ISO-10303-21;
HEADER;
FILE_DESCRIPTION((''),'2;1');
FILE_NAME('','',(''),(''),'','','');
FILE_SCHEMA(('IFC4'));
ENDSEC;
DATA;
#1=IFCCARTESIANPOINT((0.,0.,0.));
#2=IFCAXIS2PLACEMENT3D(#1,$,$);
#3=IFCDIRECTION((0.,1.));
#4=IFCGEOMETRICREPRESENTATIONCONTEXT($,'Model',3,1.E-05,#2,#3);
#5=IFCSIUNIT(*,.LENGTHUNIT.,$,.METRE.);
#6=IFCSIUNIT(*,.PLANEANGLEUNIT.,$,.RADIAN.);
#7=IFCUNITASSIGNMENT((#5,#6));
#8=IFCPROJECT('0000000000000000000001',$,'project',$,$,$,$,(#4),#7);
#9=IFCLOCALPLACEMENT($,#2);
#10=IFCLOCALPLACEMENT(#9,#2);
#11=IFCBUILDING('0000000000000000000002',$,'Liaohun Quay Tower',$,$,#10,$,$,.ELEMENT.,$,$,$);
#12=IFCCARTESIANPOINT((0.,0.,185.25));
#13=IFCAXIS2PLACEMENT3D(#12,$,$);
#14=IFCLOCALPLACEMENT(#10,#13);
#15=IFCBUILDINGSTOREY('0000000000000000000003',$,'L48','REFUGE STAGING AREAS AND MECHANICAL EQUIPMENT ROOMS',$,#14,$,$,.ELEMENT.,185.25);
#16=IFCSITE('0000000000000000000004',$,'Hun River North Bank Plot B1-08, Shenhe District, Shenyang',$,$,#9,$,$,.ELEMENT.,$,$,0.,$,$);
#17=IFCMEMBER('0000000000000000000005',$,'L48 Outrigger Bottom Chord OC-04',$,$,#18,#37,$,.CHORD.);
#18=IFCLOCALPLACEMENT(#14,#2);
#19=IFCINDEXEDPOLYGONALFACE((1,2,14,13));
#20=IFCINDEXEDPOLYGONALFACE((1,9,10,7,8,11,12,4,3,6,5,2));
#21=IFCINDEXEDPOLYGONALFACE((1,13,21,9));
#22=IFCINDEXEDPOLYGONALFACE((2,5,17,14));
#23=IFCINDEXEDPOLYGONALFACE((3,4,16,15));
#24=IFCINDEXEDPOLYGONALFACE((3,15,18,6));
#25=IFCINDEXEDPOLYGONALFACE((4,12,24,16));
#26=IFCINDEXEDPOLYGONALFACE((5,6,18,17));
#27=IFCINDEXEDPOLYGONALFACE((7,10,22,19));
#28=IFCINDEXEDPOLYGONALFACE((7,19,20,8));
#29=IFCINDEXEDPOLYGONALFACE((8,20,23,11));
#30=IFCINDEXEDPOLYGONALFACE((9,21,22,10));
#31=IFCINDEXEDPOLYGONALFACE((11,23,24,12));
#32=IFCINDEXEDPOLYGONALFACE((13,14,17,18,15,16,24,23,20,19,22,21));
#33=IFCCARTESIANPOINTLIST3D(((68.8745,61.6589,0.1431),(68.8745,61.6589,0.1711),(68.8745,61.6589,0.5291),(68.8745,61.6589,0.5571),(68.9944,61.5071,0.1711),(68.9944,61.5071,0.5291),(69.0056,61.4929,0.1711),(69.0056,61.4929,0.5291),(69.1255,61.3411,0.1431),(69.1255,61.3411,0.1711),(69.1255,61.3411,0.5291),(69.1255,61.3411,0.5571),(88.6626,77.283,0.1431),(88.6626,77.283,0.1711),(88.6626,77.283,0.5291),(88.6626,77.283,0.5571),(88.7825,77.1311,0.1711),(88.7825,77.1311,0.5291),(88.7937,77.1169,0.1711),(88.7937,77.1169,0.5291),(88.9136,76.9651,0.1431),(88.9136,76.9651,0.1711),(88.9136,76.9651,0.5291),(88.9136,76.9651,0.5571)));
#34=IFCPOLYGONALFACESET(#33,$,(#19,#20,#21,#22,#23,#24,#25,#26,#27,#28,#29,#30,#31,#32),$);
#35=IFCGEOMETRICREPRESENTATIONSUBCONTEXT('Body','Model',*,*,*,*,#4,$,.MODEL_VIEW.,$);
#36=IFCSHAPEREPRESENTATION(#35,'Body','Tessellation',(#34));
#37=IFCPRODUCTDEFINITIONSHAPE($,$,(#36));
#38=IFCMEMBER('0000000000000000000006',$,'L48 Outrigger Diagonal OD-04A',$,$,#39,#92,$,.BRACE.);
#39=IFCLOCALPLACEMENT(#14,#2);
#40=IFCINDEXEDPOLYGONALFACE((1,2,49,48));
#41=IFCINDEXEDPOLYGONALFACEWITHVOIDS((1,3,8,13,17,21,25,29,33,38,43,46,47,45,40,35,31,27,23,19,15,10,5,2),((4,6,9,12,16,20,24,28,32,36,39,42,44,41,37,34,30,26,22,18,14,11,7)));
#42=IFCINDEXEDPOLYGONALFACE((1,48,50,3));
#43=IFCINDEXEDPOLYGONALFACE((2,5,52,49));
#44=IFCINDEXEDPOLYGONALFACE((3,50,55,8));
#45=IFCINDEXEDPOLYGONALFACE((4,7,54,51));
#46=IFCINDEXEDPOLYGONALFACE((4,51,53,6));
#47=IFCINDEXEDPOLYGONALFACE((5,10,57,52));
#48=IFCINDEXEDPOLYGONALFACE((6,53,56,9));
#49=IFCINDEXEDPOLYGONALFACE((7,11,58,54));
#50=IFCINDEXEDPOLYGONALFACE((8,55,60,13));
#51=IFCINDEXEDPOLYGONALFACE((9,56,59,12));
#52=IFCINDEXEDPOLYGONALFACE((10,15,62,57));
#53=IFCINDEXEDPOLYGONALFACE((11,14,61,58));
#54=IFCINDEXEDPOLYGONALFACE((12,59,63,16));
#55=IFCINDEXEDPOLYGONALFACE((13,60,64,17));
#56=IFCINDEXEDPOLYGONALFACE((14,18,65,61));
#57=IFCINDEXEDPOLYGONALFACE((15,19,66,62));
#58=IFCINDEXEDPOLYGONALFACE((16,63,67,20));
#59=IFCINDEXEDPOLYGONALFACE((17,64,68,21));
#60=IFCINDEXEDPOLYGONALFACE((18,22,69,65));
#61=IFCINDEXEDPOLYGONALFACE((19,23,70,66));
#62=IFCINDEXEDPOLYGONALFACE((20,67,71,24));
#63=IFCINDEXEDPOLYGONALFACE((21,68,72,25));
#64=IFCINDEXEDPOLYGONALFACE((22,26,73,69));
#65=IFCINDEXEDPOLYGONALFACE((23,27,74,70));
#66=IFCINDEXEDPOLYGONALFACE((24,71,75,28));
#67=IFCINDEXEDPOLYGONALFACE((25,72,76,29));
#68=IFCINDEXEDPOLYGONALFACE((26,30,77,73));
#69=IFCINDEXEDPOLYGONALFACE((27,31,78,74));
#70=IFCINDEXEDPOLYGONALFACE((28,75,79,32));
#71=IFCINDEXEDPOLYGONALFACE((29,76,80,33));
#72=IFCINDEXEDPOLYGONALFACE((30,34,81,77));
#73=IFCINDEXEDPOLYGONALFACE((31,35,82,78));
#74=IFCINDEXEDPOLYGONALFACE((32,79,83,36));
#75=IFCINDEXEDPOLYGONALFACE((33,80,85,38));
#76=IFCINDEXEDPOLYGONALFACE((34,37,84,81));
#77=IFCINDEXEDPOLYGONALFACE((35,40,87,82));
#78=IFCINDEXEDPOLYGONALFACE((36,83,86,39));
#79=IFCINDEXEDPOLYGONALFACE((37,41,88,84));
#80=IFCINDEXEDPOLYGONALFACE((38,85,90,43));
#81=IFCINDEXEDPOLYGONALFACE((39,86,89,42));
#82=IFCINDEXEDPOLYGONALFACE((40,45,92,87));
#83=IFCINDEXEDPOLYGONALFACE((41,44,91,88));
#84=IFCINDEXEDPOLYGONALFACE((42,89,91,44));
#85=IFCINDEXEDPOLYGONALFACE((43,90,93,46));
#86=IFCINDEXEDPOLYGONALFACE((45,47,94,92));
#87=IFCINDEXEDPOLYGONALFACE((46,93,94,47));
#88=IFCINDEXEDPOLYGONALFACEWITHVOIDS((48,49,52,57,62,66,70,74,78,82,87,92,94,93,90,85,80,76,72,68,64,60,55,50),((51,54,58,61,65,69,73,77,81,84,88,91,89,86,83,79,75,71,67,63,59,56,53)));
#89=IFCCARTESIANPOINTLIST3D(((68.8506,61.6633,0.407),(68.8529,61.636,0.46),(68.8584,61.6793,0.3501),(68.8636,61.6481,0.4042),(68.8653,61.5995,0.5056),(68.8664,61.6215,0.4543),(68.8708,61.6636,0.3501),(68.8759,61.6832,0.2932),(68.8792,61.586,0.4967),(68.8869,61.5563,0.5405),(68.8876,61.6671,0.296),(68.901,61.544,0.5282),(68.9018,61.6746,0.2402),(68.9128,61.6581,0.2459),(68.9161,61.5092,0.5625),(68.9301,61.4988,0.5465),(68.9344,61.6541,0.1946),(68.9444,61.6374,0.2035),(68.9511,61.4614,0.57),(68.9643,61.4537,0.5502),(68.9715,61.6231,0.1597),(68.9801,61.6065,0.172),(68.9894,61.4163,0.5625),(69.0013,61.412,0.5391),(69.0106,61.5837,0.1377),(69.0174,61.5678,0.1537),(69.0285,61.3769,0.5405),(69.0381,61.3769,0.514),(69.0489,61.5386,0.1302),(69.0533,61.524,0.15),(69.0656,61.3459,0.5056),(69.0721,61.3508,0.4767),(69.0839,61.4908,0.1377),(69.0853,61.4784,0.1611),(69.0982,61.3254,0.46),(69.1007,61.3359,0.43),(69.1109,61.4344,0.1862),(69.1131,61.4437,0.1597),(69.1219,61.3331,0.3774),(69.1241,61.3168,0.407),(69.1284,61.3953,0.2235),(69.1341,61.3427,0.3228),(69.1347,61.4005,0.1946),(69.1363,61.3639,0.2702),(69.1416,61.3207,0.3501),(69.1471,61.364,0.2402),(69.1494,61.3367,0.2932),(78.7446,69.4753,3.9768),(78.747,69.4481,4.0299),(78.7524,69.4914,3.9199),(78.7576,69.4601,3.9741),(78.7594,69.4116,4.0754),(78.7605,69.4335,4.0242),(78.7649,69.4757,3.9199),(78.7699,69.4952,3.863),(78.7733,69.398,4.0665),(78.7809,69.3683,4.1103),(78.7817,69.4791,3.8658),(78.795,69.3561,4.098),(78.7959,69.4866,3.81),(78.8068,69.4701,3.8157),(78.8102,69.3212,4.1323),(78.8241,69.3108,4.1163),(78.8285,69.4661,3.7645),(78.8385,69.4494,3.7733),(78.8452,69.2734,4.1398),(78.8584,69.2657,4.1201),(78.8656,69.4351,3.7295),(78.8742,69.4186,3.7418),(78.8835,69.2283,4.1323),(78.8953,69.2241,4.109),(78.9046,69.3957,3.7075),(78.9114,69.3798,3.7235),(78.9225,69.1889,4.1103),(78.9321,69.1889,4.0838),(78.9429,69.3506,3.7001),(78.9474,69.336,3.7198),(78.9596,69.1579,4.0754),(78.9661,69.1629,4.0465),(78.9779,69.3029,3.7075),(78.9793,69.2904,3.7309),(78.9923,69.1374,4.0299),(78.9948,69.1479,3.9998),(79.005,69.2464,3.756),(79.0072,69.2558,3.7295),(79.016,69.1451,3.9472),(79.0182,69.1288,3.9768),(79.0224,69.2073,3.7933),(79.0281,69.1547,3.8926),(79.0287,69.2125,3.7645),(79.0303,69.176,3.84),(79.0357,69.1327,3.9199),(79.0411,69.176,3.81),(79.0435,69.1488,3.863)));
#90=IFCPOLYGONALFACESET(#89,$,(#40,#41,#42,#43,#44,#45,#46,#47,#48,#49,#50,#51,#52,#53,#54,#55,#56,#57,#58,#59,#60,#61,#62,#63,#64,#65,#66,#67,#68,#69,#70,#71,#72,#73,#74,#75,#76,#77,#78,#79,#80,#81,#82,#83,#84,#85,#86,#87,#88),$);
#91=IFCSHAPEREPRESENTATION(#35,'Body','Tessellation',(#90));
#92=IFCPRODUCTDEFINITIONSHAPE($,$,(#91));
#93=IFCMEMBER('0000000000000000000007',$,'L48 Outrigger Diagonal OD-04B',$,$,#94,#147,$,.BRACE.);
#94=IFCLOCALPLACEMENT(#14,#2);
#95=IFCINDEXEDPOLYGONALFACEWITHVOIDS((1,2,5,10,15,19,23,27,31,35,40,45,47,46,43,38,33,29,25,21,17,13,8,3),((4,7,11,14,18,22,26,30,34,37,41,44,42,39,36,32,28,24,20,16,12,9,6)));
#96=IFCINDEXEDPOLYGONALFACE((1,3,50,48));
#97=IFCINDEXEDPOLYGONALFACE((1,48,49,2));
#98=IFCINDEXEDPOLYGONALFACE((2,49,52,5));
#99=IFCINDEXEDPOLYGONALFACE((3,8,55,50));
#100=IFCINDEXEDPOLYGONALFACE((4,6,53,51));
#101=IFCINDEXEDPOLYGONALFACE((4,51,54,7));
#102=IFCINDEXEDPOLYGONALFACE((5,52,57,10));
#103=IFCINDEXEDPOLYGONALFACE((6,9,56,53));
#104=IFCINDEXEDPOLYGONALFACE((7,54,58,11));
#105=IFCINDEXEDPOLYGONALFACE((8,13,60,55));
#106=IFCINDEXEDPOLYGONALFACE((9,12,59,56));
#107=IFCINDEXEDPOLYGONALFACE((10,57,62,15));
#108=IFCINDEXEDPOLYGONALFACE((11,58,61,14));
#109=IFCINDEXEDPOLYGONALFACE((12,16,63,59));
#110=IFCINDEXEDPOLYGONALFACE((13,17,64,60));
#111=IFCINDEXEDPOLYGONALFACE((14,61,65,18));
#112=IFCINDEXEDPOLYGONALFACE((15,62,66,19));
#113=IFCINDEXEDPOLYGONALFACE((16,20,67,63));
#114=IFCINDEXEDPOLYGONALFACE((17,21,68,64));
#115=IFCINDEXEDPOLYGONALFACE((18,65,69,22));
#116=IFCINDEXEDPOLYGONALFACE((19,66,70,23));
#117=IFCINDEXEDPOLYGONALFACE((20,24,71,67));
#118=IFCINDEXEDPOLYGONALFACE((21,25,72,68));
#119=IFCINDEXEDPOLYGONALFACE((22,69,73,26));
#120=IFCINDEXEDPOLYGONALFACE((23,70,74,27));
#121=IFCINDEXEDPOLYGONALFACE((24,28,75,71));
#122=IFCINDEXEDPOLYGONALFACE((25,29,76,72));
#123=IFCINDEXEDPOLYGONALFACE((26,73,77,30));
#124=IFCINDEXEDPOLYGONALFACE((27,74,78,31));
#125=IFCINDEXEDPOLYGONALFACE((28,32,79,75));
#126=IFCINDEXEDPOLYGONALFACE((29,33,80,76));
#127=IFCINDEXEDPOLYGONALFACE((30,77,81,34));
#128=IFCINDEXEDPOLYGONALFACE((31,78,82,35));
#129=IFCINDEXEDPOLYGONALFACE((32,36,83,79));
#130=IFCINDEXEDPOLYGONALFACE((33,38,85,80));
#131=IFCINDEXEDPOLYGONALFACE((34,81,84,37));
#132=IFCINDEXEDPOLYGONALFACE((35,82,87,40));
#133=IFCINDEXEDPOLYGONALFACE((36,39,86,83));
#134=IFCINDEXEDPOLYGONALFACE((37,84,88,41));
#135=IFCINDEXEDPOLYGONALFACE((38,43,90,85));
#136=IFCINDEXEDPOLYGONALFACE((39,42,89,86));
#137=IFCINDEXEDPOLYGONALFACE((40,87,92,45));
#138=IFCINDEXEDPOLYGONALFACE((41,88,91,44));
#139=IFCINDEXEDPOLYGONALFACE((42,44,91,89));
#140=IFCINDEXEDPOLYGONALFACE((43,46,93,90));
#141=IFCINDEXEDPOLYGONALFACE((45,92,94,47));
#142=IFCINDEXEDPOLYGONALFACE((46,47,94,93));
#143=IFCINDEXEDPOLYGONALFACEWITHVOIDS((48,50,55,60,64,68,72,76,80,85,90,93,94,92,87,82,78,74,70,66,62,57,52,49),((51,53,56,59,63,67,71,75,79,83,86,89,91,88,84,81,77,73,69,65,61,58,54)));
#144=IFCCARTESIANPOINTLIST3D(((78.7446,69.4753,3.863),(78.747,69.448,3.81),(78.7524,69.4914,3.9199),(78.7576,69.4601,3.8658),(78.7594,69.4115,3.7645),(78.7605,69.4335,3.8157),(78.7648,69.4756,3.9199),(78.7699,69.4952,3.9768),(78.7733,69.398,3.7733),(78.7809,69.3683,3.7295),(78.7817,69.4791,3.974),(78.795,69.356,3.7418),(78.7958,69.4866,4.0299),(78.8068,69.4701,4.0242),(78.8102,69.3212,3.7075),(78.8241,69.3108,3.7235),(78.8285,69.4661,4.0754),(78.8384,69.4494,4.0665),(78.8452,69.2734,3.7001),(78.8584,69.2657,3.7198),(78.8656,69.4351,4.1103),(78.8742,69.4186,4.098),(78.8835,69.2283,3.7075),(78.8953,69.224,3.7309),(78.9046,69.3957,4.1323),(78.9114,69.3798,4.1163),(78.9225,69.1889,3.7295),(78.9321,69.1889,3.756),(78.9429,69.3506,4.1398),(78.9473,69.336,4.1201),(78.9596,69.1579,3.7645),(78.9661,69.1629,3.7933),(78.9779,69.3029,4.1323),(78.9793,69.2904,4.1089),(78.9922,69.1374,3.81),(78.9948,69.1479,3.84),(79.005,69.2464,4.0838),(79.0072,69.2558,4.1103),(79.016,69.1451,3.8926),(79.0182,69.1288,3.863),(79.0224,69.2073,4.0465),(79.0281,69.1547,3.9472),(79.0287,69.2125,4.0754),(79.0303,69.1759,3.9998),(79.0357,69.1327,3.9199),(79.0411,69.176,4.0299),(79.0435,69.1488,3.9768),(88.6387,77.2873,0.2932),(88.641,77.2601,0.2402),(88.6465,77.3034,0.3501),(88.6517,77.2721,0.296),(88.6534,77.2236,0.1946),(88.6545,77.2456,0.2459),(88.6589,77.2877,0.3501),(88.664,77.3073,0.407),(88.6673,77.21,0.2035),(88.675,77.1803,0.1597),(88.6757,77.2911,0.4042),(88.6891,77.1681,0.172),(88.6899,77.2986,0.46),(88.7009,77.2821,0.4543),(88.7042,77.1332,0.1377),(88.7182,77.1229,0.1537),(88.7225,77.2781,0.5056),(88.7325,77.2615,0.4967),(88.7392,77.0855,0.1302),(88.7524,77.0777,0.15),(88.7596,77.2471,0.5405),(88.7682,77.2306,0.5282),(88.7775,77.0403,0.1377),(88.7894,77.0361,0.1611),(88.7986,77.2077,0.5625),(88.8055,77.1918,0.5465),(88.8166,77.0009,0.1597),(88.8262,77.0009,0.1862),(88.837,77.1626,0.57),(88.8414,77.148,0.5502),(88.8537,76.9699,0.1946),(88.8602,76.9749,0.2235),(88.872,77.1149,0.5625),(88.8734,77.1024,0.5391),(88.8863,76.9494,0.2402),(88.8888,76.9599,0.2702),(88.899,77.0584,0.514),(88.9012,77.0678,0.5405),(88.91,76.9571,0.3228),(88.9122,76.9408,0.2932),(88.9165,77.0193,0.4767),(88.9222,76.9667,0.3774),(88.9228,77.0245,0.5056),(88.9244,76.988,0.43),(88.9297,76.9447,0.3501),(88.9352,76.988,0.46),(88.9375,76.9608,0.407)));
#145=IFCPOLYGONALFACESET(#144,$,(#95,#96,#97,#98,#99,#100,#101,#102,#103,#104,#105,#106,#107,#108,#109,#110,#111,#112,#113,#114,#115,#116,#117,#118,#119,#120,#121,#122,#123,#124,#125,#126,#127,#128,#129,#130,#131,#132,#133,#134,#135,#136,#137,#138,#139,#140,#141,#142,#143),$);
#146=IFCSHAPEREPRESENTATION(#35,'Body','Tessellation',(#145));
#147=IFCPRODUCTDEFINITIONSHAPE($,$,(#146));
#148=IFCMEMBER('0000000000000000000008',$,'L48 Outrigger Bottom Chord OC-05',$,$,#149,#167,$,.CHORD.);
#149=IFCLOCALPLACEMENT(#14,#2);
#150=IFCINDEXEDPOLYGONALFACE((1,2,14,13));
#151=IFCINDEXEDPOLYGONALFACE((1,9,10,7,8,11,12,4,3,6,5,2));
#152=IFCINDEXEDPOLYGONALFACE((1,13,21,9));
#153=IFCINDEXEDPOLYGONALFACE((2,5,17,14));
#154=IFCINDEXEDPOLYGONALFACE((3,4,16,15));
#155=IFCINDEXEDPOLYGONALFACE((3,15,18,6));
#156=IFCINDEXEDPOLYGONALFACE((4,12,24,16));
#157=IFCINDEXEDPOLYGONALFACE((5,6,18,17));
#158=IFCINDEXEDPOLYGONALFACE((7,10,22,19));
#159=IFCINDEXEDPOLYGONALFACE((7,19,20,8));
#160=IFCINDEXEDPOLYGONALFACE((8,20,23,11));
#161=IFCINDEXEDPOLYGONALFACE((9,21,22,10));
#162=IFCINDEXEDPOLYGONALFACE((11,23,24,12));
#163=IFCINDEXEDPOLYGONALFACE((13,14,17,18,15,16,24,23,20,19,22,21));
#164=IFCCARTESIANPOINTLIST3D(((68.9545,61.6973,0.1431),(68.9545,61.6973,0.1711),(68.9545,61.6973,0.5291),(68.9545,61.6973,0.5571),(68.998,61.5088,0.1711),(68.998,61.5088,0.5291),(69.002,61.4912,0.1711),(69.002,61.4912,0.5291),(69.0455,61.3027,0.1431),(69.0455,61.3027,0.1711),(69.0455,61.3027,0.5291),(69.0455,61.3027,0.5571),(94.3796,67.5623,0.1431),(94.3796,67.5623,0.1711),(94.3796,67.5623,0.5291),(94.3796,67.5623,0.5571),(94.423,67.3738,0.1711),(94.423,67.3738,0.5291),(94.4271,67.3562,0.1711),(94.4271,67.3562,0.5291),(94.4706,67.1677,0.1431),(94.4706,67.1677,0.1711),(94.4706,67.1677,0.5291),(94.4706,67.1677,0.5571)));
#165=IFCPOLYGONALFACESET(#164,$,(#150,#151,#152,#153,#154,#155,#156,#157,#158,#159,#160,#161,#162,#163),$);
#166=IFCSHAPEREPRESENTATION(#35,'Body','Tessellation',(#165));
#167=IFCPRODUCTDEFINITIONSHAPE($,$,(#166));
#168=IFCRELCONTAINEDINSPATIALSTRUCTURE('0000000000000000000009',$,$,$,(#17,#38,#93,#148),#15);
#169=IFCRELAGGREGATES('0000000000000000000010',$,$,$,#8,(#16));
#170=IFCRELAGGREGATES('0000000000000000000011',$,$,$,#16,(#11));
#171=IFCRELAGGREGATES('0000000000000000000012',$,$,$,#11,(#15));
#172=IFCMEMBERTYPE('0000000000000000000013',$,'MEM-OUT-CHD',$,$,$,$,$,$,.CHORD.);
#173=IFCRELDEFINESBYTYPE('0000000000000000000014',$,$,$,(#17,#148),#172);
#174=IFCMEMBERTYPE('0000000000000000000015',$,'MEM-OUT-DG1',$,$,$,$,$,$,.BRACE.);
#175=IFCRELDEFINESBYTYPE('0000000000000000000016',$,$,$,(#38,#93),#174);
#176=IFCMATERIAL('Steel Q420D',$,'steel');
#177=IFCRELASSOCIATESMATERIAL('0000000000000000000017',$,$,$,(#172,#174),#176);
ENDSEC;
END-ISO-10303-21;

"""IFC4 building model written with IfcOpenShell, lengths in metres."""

from ifc_helpers import new_model, si_unit, direction, frame, origin, origin_2d, place, context, subcontext, project, spatial, hollow_circle, i_section, extrude, source, transform, mapped, material, material_profile, profile_set, type_object, element, save


model = new_model("IFC4")

# Units and contexts
model_context = context("Model", 3, precision=1e-05, world=origin(), true_north=direction((0.0, 1.0)))
body_context = subcontext(model_context, "Body", "Model", "MODEL_VIEW")
ifc_project = project(units=[si_unit("LENGTHUNIT", "METRE"), si_unit("PLANEANGLEUNIT", "RADIAN")], contexts=[model_context])

# Site, building, storey
site_placement = place(None, origin())
site = spatial("IfcSite", under=ifc_project, at=site_placement, Name="Hun River North Bank Plot B1-08, Shenhe District, Shenyang", CompositionType="ELEMENT", RefElevation=0.0)
building_placement = place(site_placement, origin())
building = spatial("IfcBuilding", under=site, at=building_placement, Name="Liaohun Quay Tower", CompositionType="ELEMENT")
storey_placement = place(building_placement, frame((0.0, 0.0, 185.25)))
storey = spatial("IfcBuildingStorey", under=building, at=storey_placement, Name="L48", Description="REFUGE STAGING AREAS AND MECHANICAL EQUIPMENT ROOMS", CompositionType="ELEMENT", Elevation=185.25)

# Members
ifc_material_1 = material(Name="Steel Q420D", Category="steel")
ifc_material_profile_1 = material_profile(ifc_material_1, i_section(OverallWidth=0.405, OverallDepth=0.4141, WebThickness=0.0181, FlangeThickness=0.0281, at=origin_2d()), Name="HW414x405x18x28")
ifc_profile_set_1 = profile_set([ifc_material_profile_1], Name="Steel Q420D")
member_type_1 = type_object("IfcMemberType", Name="MEM-OUT-CHD", PredefinedType="CHORD", material=ifc_profile_set_1)
shared_shape_1 = source(origin(), body_context, "Body", "SweptSolid", [
    extrude(i_section(OverallWidth=0.405, OverallDepth=0.4141, WebThickness=0.0181, FlangeThickness=0.0281, at=origin_2d()), origin(), (0.0, 0.0, 1.0), 25.2126),
])
member_1_placement = place(storey_placement, frame((69.0, 61.5, 0.3501), z_axis=(0.784847, 0.619689, 0.0), x_axis=(-0.619689, 0.784847, 0.0)))
element("IfcMember", 1, at=member_1_placement, inside=storey, type_object=member_type_1, Name="L48 Outrigger Bottom Chord OC-04", PredefinedType="CHORD", context=body_context, shape_type="MappedRepresentation", body=[
    mapped(shared_shape_1, transform((0.0, 0.0, 0.0), x_axis=(1.0, 0.0, 0.0), y_axis=(0.0, 1.0, 0.0), z_axis=(0.0, 0.0, 1.0), scale=1.0)),
])
ifc_material_profile_2 = material_profile(ifc_material_1, hollow_circle(Radius=0.2285, WallThickness=0.02, at=origin_2d()), Name="CHS457x20")
ifc_profile_set_2 = profile_set([ifc_material_profile_2], Name="Steel Q420D")
member_type_2 = type_object("IfcMemberType", Name="MEM-OUT-DG1", PredefinedType="BRACE", material=ifc_profile_set_2)
shared_shape_2 = source(origin(), body_context, "Body", "SweptSolid", [
    extrude(hollow_circle(Radius=0.2285, WallThickness=0.02, at=origin_2d()), origin(), (0.0, 0.0, 1.0), 13.1021),
])
for number, where, z_axis, x_axis, name in (
    (2, (69.0, 61.5, 0.3501), (0.755153, 0.596244, 0.272463), (-0.619689, 0.784847, 0.0), "L48 Outrigger Diagonal OD-04A"),
    (3, (78.894, 69.312, 3.9199), (0.755153, 0.596244, -0.272463), (-0.619689, 0.784847, 0.0), "L48 Outrigger Diagonal OD-04B"),
):
    element("IfcMember", number, at=place(storey_placement, frame(where, z_axis=z_axis, x_axis=x_axis)), inside=storey, type_object=member_type_2, Name=name, PredefinedType="BRACE", context=body_context, shape_type="MappedRepresentation", body=[
        mapped(shared_shape_2, transform((0.0, 0.0, 0.0), x_axis=(1.0, 0.0, 0.0), y_axis=(0.0, 1.0, 0.0), z_axis=(0.0, 0.0, 1.0), scale=1.0)),
    ])
shared_shape_3 = source(origin(), body_context, "Body", "SweptSolid", [
    extrude(i_section(OverallWidth=0.405, OverallDepth=0.4141, WebThickness=0.0181, FlangeThickness=0.0281, at=origin_2d()), origin(), (0.0, 0.0, 1.0), 26.0928),
])
member_2_placement = place(storey_placement, frame((69.0, 61.5, 0.3501), z_axis=(0.974411, 0.224775, 0.0), x_axis=(-0.224775, 0.974411, 0.0)))
element("IfcMember", 4, at=member_2_placement, inside=storey, type_object=member_type_1, Name="L48 Outrigger Bottom Chord OC-05", PredefinedType="CHORD", context=body_context, shape_type="MappedRepresentation", body=[
    mapped(shared_shape_3, transform((0.0, 0.0, 0.0), x_axis=(1.0, 0.0, 0.0), y_axis=(0.0, 1.0, 0.0), z_axis=(0.0, 0.0, 1.0), scale=1.0)),
])

save(model, "model.ifc")
